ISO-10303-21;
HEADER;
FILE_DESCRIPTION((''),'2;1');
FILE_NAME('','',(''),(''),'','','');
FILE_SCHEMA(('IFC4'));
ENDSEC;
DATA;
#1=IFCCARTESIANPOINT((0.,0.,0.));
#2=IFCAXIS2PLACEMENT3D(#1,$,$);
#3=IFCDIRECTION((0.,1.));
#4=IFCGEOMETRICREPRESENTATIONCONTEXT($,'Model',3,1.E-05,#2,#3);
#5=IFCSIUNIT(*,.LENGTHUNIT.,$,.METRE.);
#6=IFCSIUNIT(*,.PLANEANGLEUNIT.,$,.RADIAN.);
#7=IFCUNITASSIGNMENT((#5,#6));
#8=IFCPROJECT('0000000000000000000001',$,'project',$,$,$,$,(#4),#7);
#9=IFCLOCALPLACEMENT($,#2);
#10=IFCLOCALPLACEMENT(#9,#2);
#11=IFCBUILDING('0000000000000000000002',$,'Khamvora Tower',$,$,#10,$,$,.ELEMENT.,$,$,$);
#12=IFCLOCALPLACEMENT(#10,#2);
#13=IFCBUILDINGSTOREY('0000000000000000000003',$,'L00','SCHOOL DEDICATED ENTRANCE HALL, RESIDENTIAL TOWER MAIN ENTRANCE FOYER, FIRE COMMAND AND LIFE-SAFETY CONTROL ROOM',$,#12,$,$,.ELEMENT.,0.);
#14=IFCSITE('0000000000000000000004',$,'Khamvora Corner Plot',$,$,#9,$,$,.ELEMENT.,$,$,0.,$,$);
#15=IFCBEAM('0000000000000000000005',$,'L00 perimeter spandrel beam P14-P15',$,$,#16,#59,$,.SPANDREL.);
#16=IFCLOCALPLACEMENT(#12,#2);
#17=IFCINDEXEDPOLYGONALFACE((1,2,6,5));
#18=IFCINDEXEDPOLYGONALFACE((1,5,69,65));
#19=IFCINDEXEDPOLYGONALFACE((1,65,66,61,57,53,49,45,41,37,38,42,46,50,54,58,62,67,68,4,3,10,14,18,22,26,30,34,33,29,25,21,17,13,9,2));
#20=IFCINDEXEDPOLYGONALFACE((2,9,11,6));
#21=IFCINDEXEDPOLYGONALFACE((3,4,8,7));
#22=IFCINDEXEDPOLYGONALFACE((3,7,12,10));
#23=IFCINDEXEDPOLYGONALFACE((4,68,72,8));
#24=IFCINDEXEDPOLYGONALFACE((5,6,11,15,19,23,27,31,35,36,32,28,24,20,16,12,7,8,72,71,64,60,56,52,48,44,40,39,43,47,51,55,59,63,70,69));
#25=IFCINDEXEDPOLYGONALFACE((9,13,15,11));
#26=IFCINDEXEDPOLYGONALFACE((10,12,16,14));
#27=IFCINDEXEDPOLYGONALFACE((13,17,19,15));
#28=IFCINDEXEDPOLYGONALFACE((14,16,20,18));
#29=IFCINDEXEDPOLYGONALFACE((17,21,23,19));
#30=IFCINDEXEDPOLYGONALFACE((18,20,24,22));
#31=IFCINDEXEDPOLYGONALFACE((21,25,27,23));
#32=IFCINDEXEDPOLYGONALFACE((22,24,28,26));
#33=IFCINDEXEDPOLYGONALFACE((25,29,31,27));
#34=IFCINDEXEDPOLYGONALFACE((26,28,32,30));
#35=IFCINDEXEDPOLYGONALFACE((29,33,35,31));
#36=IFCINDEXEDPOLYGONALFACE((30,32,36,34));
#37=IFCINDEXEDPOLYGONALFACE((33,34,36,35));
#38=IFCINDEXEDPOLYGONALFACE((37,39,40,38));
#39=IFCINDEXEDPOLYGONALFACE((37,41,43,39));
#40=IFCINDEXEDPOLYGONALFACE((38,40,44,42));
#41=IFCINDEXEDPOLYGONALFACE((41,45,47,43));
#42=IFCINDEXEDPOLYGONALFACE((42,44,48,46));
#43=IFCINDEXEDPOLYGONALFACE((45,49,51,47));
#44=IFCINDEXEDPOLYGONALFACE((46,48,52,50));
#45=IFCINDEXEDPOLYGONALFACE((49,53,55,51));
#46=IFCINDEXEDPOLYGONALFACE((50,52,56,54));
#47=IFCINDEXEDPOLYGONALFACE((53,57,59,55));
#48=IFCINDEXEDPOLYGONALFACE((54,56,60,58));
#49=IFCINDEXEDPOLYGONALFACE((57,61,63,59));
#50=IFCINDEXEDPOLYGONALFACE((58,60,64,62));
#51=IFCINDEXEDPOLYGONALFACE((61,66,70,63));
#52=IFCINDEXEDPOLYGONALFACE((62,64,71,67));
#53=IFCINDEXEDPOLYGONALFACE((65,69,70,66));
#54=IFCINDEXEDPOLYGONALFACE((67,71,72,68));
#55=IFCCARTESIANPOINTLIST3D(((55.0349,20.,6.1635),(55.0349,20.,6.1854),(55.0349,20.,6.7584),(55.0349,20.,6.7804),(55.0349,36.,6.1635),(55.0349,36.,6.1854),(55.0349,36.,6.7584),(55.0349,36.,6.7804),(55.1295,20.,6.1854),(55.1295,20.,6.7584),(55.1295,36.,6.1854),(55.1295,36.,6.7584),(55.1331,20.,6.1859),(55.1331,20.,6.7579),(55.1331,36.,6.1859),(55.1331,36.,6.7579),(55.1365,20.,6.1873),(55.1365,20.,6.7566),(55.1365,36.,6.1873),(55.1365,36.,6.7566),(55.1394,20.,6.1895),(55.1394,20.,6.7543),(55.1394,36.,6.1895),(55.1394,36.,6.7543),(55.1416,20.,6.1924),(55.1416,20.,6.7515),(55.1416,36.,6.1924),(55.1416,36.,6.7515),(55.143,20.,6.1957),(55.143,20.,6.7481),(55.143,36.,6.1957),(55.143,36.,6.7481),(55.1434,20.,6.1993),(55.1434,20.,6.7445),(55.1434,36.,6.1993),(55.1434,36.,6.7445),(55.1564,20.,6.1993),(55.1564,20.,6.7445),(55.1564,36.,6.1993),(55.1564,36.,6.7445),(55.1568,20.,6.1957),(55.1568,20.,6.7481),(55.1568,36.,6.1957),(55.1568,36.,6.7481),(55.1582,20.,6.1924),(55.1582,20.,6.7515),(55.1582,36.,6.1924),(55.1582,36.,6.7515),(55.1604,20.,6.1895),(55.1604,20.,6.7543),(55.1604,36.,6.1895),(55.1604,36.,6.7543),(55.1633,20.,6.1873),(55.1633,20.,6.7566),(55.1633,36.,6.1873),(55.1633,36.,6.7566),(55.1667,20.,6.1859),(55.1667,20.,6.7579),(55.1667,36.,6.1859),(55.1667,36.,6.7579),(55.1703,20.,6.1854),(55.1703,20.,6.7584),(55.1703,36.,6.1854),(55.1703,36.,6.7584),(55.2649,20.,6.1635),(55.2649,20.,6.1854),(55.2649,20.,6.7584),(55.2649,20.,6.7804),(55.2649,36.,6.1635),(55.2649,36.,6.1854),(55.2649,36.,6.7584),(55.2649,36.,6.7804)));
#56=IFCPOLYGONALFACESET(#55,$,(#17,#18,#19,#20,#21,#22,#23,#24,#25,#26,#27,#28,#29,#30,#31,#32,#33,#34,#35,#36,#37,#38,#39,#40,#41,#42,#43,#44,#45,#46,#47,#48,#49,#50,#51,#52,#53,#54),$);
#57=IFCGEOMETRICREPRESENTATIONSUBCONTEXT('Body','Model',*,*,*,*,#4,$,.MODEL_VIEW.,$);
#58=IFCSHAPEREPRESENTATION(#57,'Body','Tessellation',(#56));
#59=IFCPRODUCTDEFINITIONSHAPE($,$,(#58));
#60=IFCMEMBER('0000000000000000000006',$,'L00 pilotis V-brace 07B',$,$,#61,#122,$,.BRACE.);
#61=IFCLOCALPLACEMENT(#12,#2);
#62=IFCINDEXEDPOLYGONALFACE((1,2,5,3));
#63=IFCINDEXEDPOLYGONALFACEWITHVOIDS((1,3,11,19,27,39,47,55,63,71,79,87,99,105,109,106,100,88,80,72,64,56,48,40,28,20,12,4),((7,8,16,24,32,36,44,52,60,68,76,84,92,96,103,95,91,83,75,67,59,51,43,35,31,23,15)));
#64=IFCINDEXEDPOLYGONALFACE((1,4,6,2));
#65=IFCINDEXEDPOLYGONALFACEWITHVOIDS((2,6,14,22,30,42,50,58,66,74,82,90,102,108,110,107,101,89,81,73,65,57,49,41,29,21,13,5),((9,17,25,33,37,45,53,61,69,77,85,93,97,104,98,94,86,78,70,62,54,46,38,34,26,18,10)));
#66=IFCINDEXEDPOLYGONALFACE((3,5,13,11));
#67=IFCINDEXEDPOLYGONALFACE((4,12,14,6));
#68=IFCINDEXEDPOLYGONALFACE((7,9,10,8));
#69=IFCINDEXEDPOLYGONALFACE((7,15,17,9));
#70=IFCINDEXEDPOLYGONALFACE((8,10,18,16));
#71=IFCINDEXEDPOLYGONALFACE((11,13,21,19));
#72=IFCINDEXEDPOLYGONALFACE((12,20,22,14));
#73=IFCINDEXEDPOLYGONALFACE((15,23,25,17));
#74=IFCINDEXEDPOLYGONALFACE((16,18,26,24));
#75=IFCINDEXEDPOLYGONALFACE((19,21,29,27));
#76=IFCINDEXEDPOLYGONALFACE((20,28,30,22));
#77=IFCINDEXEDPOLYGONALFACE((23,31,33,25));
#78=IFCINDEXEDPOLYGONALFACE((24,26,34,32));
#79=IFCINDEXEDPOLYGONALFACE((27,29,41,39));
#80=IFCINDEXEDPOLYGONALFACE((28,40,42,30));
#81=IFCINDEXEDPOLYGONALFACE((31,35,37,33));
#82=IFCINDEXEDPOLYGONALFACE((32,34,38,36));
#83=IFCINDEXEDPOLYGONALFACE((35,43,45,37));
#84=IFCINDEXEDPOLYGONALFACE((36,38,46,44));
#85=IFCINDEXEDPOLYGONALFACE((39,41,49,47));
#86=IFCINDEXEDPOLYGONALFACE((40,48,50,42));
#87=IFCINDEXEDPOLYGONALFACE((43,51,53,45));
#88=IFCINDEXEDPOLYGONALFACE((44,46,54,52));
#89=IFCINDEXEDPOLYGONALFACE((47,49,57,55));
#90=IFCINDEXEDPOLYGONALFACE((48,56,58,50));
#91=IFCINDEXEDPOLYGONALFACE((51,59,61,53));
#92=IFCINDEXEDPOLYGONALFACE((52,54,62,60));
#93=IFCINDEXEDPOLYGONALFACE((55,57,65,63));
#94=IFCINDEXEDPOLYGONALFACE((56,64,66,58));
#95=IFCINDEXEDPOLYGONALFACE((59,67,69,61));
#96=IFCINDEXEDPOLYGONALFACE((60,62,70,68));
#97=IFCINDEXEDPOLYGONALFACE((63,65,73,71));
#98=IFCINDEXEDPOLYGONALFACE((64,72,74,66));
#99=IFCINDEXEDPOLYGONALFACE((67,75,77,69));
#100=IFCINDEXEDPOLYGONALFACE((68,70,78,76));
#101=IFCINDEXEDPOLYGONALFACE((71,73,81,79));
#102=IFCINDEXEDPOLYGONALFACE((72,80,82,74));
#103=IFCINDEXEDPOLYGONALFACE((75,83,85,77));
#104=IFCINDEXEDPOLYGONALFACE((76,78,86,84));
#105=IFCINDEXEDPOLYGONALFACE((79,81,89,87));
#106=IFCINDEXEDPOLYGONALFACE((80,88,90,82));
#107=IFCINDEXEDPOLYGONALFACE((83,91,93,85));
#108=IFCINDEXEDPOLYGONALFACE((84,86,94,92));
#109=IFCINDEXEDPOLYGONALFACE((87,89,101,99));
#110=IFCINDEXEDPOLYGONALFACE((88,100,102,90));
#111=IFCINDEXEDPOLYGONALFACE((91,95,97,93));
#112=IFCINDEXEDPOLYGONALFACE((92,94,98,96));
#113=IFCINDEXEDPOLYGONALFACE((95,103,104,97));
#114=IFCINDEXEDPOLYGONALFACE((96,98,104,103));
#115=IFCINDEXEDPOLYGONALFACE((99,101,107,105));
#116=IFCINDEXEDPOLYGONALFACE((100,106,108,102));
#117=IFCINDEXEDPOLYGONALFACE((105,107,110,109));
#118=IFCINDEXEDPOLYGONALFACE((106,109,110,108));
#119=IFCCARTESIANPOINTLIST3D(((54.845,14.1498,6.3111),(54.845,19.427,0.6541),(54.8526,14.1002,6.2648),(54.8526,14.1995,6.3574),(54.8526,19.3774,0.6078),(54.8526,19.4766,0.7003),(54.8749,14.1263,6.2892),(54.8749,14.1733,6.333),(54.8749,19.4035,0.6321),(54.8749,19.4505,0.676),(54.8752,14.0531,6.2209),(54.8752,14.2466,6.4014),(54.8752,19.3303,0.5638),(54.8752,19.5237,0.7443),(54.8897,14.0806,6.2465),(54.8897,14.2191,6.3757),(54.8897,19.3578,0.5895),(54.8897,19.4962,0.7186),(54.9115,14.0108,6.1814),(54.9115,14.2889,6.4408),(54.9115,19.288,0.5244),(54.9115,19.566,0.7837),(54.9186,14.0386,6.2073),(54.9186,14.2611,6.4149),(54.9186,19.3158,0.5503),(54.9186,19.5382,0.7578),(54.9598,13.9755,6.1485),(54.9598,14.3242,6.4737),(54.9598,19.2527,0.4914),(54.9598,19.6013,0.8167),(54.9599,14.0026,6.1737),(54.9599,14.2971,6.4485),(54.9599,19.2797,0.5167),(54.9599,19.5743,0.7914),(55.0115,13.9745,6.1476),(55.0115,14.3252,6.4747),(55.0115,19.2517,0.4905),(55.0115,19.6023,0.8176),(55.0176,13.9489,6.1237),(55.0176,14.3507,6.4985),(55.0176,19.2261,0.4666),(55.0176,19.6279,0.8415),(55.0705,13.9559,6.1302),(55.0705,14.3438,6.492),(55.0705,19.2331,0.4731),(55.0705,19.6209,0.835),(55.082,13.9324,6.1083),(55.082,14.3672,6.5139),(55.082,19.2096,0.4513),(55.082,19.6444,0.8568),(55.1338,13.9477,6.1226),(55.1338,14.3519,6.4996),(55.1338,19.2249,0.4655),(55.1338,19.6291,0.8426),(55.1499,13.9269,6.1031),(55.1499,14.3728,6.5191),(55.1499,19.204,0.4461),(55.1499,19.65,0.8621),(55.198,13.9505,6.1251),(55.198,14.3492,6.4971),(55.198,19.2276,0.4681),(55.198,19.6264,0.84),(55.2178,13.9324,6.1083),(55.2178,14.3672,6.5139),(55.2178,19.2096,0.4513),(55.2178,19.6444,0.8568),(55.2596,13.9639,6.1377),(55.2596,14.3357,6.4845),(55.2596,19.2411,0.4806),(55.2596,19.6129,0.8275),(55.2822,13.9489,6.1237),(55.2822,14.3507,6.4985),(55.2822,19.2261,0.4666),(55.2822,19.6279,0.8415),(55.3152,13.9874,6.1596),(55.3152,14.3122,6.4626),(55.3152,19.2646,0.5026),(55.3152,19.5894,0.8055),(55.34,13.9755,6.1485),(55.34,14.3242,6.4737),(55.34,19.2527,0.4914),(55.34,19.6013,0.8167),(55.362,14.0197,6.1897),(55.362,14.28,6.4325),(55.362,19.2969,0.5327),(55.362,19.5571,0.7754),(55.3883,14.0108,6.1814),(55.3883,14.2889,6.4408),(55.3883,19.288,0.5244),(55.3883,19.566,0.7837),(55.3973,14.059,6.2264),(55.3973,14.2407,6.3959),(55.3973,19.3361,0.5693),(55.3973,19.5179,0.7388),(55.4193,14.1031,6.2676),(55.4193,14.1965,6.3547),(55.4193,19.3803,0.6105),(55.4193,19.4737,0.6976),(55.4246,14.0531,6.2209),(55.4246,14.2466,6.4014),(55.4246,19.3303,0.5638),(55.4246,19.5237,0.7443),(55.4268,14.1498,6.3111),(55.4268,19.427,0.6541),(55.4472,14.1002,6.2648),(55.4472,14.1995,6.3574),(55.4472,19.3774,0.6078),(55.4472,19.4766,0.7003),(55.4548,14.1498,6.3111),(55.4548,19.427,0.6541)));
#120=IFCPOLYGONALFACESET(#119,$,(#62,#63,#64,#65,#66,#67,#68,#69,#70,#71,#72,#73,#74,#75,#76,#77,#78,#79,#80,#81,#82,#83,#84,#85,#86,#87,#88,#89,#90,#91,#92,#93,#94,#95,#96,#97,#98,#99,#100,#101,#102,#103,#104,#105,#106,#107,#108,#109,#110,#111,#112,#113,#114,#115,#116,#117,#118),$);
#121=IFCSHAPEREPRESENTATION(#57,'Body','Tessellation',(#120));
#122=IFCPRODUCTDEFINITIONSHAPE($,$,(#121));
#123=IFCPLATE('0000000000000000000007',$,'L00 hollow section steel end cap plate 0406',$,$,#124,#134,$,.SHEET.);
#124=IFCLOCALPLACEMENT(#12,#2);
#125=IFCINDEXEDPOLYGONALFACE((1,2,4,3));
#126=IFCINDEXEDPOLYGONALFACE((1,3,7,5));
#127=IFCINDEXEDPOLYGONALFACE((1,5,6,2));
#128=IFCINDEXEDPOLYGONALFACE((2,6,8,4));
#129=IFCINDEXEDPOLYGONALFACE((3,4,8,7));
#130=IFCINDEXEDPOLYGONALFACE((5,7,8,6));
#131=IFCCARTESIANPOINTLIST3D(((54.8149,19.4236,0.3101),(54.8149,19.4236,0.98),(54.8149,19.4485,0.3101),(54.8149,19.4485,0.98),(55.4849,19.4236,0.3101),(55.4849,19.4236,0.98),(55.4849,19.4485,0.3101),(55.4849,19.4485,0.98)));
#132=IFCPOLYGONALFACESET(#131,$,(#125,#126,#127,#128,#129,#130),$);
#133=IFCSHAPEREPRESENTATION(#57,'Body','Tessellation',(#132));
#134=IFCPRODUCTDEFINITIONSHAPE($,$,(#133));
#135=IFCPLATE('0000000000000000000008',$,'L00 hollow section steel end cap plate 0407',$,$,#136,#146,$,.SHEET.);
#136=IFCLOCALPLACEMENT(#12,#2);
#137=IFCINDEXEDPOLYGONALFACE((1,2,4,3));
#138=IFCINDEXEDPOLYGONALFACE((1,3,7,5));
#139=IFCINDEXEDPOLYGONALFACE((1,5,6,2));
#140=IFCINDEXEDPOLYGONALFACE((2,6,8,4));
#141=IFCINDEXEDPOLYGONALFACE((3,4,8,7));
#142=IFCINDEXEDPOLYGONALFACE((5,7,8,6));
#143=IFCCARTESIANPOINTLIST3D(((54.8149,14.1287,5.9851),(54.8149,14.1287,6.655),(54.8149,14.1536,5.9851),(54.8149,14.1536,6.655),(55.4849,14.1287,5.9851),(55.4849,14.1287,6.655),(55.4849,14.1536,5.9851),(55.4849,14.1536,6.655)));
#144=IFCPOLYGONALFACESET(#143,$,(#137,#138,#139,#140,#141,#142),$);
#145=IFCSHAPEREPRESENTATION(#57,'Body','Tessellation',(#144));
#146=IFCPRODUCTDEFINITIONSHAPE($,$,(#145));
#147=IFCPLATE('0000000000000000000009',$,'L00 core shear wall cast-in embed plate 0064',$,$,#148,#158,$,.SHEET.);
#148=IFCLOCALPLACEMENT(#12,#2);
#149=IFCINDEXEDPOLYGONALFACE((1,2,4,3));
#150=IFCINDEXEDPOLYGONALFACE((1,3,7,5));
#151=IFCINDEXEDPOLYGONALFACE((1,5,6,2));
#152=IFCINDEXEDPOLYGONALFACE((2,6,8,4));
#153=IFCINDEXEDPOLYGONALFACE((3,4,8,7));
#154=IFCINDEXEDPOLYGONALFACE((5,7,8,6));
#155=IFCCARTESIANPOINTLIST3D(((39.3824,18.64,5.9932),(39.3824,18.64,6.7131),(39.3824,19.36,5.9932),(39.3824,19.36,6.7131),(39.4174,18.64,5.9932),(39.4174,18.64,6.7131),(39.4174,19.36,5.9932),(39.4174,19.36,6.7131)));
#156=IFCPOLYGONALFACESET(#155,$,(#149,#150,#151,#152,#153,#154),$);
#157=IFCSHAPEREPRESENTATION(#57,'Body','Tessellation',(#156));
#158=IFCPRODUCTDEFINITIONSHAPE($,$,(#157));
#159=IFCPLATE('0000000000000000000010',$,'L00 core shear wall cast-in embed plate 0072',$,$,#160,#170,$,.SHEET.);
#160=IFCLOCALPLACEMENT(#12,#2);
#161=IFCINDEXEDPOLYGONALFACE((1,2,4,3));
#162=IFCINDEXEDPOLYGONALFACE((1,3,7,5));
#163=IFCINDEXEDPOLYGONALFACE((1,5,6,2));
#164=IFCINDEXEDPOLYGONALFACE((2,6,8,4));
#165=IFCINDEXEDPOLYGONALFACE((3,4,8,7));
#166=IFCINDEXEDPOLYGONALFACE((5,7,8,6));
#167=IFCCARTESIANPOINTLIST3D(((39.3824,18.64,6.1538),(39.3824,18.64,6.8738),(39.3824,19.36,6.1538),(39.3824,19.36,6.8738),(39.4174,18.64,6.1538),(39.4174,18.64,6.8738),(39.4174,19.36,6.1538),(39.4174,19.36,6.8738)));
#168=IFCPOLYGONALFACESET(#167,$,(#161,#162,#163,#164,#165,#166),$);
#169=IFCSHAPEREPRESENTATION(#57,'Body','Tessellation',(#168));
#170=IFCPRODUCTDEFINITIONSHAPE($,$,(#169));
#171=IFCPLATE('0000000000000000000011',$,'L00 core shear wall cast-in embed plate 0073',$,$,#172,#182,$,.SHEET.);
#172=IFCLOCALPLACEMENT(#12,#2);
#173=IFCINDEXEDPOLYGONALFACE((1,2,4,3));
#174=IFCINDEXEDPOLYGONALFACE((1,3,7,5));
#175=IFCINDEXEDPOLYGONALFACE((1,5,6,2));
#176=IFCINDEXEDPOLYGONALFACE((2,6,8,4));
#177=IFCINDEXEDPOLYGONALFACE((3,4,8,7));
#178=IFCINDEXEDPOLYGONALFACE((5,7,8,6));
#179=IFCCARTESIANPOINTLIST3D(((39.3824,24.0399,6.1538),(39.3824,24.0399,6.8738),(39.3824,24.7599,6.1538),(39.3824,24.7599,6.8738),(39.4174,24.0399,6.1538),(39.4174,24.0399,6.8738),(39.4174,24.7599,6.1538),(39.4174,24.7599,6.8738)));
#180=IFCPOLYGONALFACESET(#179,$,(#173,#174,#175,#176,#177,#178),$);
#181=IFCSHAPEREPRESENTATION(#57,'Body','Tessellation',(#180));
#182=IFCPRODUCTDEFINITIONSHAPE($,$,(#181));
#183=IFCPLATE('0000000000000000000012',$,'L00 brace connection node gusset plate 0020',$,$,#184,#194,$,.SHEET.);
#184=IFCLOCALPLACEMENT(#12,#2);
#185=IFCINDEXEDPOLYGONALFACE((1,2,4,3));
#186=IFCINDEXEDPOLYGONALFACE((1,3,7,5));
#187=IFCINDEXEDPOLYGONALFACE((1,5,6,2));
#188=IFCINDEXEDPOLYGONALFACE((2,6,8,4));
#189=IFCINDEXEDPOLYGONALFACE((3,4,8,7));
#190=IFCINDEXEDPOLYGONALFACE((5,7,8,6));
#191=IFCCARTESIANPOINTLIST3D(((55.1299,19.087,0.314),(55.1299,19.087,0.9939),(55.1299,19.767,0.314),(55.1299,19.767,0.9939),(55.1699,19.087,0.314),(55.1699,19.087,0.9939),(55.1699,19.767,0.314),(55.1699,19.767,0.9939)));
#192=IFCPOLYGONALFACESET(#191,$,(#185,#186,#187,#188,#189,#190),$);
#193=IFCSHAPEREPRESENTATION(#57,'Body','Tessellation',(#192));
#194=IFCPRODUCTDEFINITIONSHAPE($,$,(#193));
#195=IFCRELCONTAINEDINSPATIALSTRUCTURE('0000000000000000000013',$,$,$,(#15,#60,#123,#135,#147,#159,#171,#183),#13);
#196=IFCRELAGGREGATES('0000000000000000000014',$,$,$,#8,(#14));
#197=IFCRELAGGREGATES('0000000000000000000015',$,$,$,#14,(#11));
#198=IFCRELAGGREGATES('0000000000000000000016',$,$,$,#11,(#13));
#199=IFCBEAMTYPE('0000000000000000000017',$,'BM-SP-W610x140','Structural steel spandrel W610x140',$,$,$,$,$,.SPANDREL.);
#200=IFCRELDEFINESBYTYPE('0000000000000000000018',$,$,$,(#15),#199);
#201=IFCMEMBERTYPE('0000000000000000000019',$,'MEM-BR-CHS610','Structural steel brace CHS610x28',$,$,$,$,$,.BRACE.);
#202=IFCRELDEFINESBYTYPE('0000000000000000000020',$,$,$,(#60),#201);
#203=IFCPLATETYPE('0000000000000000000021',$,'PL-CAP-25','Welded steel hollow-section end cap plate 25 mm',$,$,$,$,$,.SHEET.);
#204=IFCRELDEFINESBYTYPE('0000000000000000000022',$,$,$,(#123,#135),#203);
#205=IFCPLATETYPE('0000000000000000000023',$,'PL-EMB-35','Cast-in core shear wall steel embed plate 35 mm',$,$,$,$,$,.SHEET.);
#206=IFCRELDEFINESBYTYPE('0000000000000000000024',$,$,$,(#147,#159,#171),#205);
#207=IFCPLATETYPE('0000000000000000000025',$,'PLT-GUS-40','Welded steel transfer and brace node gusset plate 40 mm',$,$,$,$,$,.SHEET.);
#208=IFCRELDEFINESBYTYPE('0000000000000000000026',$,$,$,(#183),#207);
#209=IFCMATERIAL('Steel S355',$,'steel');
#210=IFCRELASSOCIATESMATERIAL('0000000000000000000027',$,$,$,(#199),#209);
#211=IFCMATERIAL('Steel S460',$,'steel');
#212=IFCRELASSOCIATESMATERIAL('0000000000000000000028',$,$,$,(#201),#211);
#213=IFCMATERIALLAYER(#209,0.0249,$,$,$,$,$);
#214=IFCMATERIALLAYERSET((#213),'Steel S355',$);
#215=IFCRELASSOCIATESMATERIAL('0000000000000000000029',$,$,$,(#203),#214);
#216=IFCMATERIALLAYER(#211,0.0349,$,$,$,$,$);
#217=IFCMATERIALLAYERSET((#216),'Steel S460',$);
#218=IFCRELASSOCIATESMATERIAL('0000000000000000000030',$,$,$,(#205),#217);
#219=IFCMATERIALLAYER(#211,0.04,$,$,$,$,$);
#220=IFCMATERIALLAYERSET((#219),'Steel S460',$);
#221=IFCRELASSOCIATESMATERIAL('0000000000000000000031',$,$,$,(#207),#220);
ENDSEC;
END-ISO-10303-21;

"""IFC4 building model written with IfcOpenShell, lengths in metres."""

from ifc_helpers import new_model, si_unit, direction, frame, origin, origin_2d, place, context, subcontext, project, spatial, rectangle, hollow_circle, i_section, extrude, material, layer, layer_set, material_profile, profile_set, type_object, element, save


model = new_model("IFC4")

# Units and contexts
model_context = context("Model", 3, precision=1e-05, world=origin(), true_north=direction((0.0, 1.0)))
body_context = subcontext(model_context, "Body", "Model", "MODEL_VIEW")
ifc_project = project(units=[si_unit("LENGTHUNIT", "METRE"), si_unit("PLANEANGLEUNIT", "RADIAN")], contexts=[model_context])

# Site, building, storey
site_placement = place(None, origin())
site = spatial("IfcSite", under=ifc_project, at=site_placement, Name="Khamvora Corner Plot", CompositionType="ELEMENT", RefElevation=0.0)
building_placement = place(site_placement, origin())
building = spatial("IfcBuilding", under=site, at=building_placement, Name="Khamvora Tower", CompositionType="ELEMENT")
storey_placement = place(building_placement, origin())
storey = spatial("IfcBuildingStorey", under=building, at=storey_placement, Name="L00", Description="SCHOOL DEDICATED ENTRANCE HALL, RESIDENTIAL TOWER MAIN ENTRANCE FOYER, FIRE COMMAND AND LIFE-SAFETY CONTROL ROOM", CompositionType="ELEMENT", Elevation=0.0)

# Shared definitions
ifc_material_1 = material(Name="Steel S460", Category="steel")

# Beam
ifc_material_2 = material(Name="Steel S355", Category="steel")
ifc_material_profile_1 = material_profile(ifc_material_2, i_section(OverallWidth=0.23, OverallDepth=0.6169, WebThickness=0.0129, FlangeThickness=0.022, FilletRadius=0.0139, at=origin_2d()), Name="W610x140")
ifc_profile_set_1 = profile_set([ifc_material_profile_1], Name="Steel S355")
beam_type_1 = type_object("IfcBeamType", Name="BM-SP-W610x140", Description="Structural steel spandrel W610x140", PredefinedType="SPANDREL", material=ifc_profile_set_1)
beam_1_placement = place(storey_placement, frame((55.1499, 20.0, 6.4719), z_axis=(0.0, 1.0, 0.0), x_axis=(-1.0, 0.0, 0.0)))
element("IfcBeam", 1, at=beam_1_placement, inside=storey, type_object=beam_type_1, Name="L00 perimeter spandrel beam P14-P15", PredefinedType="SPANDREL", context=body_context, shape_type="SweptSolid", body=[
    extrude(i_section(OverallWidth=0.23, OverallDepth=0.6169, WebThickness=0.0129, FlangeThickness=0.022, FilletRadius=0.0139, at=origin_2d()), origin(), (0.0, 0.0, 1.0), 16.0),
])

# Member
ifc_material_profile_2 = material_profile(ifc_material_1, hollow_circle(Radius=0.3049, WallThickness=0.0281, at=origin_2d()), Name="CHS610x28")
ifc_profile_set_2 = profile_set([ifc_material_profile_2], Name="Steel S460")
member_type = type_object("IfcMemberType", Name="MEM-BR-CHS610", Description="Structural steel brace CHS610x28", PredefinedType="BRACE", material=ifc_profile_set_2)
member_placement = place(storey_placement, frame((55.1499, 19.427, 0.6541), z_axis=(0.0, -0.682128, 0.731233), x_axis=(1.0, 0.0, 0.0)))
element("IfcMember", 2, at=member_placement, inside=storey, type_object=member_type, Name="L00 pilotis V-brace 07B", PredefinedType="BRACE", context=body_context, shape_type="SweptSolid", body=[
    extrude(hollow_circle(Radius=0.3049, WallThickness=0.0281, at=origin_2d()), origin(), (0.0, 0.0, 1.0), 7.7363),
])

# Plates
ifc_layer_1 = layer(ifc_material_2, 0.0249)
ifc_layer_set_1 = layer_set([ifc_layer_1], Name="Steel S355")
plate_type_1 = type_object("IfcPlateType", Name="PL-CAP-25", Description="Welded steel hollow-section end cap plate 25 mm", PredefinedType="SHEET", material=ifc_layer_set_1)
for number, where, z_axis, x_axis, name in (
    (3, (55.1499, 19.436, 0.3101), (0.0, 0.0, 1.0), (0.0, -1.0, 0.0), "L00 hollow section steel end cap plate 0406"),
    (4, (55.1499, 14.1411, 5.9851), (0.0, 0.0, 1.0), (0.0, -1.0, 0.0), "L00 hollow section steel end cap plate 0407"),
):
    element("IfcPlate", number, at=place(storey_placement, frame(where, z_axis=z_axis, x_axis=x_axis)), inside=storey, type_object=plate_type_1, Name=name, PredefinedType="SHEET", context=body_context, shape_type="SweptSolid", body=[
        extrude(rectangle(XDim=0.0249, YDim=0.6699, at=origin_2d()), origin(), (0.0, 0.0, 1.0), 0.6699),
    ])
ifc_layer_2 = layer(ifc_material_1, 0.0349)
ifc_layer_set_2 = layer_set([ifc_layer_2], Name="Steel S460")
plate_type_2 = type_object("IfcPlateType", Name="PL-EMB-35", Description="Cast-in core shear wall steel embed plate 35 mm", PredefinedType="SHEET", material=ifc_layer_set_2)
for number, where, z_axis, x_axis, name in (
    (5, (39.3999, 19.0, 5.9932), (0.0, 0.0, 1.0), (1.0, 0.0, 0.0), "L00 core shear wall cast-in embed plate 0064"),
    (6, (39.3999, 19.0, 6.1538), (0.0, 0.0, 1.0), (1.0, 0.0, 0.0), "L00 core shear wall cast-in embed plate 0072"),
    (7, (39.3999, 24.3999, 6.1538), (0.0, 0.0, 1.0), (1.0, 0.0, 0.0), "L00 core shear wall cast-in embed plate 0073"),
):
    element("IfcPlate", number, at=place(storey_placement, frame(where, z_axis=z_axis, x_axis=x_axis)), inside=storey, type_object=plate_type_2, Name=name, PredefinedType="SHEET", context=body_context, shape_type="SweptSolid", body=[
        extrude(rectangle(XDim=0.0349, YDim=0.72, at=origin_2d()), origin(), (0.0, 0.0, 1.0), 0.72),
    ])
ifc_layer_3 = layer(ifc_material_1, 0.04)
ifc_layer_set_3 = layer_set([ifc_layer_3], Name="Steel S460")
plate_type_3 = type_object("IfcPlateType", Name="PLT-GUS-40", Description="Welded steel transfer and brace node gusset plate 40 mm", PredefinedType="SHEET", material=ifc_layer_set_3)
plate_placement = place(storey_placement, frame((55.1499, 19.427, 0.314), z_axis=(0.0, 0.0, 1.0), x_axis=(0.0, 1.0, 0.0)))
element("IfcPlate", 8, at=plate_placement, inside=storey, type_object=plate_type_3, Name="L00 brace connection node gusset plate 0020", PredefinedType="SHEET", context=body_context, shape_type="SweptSolid", body=[
    extrude(rectangle(XDim=0.6799, YDim=0.04, at=origin_2d()), origin(), (0.0, 0.0, 1.0), 0.6799),
])

save(model, "model.ifc")
